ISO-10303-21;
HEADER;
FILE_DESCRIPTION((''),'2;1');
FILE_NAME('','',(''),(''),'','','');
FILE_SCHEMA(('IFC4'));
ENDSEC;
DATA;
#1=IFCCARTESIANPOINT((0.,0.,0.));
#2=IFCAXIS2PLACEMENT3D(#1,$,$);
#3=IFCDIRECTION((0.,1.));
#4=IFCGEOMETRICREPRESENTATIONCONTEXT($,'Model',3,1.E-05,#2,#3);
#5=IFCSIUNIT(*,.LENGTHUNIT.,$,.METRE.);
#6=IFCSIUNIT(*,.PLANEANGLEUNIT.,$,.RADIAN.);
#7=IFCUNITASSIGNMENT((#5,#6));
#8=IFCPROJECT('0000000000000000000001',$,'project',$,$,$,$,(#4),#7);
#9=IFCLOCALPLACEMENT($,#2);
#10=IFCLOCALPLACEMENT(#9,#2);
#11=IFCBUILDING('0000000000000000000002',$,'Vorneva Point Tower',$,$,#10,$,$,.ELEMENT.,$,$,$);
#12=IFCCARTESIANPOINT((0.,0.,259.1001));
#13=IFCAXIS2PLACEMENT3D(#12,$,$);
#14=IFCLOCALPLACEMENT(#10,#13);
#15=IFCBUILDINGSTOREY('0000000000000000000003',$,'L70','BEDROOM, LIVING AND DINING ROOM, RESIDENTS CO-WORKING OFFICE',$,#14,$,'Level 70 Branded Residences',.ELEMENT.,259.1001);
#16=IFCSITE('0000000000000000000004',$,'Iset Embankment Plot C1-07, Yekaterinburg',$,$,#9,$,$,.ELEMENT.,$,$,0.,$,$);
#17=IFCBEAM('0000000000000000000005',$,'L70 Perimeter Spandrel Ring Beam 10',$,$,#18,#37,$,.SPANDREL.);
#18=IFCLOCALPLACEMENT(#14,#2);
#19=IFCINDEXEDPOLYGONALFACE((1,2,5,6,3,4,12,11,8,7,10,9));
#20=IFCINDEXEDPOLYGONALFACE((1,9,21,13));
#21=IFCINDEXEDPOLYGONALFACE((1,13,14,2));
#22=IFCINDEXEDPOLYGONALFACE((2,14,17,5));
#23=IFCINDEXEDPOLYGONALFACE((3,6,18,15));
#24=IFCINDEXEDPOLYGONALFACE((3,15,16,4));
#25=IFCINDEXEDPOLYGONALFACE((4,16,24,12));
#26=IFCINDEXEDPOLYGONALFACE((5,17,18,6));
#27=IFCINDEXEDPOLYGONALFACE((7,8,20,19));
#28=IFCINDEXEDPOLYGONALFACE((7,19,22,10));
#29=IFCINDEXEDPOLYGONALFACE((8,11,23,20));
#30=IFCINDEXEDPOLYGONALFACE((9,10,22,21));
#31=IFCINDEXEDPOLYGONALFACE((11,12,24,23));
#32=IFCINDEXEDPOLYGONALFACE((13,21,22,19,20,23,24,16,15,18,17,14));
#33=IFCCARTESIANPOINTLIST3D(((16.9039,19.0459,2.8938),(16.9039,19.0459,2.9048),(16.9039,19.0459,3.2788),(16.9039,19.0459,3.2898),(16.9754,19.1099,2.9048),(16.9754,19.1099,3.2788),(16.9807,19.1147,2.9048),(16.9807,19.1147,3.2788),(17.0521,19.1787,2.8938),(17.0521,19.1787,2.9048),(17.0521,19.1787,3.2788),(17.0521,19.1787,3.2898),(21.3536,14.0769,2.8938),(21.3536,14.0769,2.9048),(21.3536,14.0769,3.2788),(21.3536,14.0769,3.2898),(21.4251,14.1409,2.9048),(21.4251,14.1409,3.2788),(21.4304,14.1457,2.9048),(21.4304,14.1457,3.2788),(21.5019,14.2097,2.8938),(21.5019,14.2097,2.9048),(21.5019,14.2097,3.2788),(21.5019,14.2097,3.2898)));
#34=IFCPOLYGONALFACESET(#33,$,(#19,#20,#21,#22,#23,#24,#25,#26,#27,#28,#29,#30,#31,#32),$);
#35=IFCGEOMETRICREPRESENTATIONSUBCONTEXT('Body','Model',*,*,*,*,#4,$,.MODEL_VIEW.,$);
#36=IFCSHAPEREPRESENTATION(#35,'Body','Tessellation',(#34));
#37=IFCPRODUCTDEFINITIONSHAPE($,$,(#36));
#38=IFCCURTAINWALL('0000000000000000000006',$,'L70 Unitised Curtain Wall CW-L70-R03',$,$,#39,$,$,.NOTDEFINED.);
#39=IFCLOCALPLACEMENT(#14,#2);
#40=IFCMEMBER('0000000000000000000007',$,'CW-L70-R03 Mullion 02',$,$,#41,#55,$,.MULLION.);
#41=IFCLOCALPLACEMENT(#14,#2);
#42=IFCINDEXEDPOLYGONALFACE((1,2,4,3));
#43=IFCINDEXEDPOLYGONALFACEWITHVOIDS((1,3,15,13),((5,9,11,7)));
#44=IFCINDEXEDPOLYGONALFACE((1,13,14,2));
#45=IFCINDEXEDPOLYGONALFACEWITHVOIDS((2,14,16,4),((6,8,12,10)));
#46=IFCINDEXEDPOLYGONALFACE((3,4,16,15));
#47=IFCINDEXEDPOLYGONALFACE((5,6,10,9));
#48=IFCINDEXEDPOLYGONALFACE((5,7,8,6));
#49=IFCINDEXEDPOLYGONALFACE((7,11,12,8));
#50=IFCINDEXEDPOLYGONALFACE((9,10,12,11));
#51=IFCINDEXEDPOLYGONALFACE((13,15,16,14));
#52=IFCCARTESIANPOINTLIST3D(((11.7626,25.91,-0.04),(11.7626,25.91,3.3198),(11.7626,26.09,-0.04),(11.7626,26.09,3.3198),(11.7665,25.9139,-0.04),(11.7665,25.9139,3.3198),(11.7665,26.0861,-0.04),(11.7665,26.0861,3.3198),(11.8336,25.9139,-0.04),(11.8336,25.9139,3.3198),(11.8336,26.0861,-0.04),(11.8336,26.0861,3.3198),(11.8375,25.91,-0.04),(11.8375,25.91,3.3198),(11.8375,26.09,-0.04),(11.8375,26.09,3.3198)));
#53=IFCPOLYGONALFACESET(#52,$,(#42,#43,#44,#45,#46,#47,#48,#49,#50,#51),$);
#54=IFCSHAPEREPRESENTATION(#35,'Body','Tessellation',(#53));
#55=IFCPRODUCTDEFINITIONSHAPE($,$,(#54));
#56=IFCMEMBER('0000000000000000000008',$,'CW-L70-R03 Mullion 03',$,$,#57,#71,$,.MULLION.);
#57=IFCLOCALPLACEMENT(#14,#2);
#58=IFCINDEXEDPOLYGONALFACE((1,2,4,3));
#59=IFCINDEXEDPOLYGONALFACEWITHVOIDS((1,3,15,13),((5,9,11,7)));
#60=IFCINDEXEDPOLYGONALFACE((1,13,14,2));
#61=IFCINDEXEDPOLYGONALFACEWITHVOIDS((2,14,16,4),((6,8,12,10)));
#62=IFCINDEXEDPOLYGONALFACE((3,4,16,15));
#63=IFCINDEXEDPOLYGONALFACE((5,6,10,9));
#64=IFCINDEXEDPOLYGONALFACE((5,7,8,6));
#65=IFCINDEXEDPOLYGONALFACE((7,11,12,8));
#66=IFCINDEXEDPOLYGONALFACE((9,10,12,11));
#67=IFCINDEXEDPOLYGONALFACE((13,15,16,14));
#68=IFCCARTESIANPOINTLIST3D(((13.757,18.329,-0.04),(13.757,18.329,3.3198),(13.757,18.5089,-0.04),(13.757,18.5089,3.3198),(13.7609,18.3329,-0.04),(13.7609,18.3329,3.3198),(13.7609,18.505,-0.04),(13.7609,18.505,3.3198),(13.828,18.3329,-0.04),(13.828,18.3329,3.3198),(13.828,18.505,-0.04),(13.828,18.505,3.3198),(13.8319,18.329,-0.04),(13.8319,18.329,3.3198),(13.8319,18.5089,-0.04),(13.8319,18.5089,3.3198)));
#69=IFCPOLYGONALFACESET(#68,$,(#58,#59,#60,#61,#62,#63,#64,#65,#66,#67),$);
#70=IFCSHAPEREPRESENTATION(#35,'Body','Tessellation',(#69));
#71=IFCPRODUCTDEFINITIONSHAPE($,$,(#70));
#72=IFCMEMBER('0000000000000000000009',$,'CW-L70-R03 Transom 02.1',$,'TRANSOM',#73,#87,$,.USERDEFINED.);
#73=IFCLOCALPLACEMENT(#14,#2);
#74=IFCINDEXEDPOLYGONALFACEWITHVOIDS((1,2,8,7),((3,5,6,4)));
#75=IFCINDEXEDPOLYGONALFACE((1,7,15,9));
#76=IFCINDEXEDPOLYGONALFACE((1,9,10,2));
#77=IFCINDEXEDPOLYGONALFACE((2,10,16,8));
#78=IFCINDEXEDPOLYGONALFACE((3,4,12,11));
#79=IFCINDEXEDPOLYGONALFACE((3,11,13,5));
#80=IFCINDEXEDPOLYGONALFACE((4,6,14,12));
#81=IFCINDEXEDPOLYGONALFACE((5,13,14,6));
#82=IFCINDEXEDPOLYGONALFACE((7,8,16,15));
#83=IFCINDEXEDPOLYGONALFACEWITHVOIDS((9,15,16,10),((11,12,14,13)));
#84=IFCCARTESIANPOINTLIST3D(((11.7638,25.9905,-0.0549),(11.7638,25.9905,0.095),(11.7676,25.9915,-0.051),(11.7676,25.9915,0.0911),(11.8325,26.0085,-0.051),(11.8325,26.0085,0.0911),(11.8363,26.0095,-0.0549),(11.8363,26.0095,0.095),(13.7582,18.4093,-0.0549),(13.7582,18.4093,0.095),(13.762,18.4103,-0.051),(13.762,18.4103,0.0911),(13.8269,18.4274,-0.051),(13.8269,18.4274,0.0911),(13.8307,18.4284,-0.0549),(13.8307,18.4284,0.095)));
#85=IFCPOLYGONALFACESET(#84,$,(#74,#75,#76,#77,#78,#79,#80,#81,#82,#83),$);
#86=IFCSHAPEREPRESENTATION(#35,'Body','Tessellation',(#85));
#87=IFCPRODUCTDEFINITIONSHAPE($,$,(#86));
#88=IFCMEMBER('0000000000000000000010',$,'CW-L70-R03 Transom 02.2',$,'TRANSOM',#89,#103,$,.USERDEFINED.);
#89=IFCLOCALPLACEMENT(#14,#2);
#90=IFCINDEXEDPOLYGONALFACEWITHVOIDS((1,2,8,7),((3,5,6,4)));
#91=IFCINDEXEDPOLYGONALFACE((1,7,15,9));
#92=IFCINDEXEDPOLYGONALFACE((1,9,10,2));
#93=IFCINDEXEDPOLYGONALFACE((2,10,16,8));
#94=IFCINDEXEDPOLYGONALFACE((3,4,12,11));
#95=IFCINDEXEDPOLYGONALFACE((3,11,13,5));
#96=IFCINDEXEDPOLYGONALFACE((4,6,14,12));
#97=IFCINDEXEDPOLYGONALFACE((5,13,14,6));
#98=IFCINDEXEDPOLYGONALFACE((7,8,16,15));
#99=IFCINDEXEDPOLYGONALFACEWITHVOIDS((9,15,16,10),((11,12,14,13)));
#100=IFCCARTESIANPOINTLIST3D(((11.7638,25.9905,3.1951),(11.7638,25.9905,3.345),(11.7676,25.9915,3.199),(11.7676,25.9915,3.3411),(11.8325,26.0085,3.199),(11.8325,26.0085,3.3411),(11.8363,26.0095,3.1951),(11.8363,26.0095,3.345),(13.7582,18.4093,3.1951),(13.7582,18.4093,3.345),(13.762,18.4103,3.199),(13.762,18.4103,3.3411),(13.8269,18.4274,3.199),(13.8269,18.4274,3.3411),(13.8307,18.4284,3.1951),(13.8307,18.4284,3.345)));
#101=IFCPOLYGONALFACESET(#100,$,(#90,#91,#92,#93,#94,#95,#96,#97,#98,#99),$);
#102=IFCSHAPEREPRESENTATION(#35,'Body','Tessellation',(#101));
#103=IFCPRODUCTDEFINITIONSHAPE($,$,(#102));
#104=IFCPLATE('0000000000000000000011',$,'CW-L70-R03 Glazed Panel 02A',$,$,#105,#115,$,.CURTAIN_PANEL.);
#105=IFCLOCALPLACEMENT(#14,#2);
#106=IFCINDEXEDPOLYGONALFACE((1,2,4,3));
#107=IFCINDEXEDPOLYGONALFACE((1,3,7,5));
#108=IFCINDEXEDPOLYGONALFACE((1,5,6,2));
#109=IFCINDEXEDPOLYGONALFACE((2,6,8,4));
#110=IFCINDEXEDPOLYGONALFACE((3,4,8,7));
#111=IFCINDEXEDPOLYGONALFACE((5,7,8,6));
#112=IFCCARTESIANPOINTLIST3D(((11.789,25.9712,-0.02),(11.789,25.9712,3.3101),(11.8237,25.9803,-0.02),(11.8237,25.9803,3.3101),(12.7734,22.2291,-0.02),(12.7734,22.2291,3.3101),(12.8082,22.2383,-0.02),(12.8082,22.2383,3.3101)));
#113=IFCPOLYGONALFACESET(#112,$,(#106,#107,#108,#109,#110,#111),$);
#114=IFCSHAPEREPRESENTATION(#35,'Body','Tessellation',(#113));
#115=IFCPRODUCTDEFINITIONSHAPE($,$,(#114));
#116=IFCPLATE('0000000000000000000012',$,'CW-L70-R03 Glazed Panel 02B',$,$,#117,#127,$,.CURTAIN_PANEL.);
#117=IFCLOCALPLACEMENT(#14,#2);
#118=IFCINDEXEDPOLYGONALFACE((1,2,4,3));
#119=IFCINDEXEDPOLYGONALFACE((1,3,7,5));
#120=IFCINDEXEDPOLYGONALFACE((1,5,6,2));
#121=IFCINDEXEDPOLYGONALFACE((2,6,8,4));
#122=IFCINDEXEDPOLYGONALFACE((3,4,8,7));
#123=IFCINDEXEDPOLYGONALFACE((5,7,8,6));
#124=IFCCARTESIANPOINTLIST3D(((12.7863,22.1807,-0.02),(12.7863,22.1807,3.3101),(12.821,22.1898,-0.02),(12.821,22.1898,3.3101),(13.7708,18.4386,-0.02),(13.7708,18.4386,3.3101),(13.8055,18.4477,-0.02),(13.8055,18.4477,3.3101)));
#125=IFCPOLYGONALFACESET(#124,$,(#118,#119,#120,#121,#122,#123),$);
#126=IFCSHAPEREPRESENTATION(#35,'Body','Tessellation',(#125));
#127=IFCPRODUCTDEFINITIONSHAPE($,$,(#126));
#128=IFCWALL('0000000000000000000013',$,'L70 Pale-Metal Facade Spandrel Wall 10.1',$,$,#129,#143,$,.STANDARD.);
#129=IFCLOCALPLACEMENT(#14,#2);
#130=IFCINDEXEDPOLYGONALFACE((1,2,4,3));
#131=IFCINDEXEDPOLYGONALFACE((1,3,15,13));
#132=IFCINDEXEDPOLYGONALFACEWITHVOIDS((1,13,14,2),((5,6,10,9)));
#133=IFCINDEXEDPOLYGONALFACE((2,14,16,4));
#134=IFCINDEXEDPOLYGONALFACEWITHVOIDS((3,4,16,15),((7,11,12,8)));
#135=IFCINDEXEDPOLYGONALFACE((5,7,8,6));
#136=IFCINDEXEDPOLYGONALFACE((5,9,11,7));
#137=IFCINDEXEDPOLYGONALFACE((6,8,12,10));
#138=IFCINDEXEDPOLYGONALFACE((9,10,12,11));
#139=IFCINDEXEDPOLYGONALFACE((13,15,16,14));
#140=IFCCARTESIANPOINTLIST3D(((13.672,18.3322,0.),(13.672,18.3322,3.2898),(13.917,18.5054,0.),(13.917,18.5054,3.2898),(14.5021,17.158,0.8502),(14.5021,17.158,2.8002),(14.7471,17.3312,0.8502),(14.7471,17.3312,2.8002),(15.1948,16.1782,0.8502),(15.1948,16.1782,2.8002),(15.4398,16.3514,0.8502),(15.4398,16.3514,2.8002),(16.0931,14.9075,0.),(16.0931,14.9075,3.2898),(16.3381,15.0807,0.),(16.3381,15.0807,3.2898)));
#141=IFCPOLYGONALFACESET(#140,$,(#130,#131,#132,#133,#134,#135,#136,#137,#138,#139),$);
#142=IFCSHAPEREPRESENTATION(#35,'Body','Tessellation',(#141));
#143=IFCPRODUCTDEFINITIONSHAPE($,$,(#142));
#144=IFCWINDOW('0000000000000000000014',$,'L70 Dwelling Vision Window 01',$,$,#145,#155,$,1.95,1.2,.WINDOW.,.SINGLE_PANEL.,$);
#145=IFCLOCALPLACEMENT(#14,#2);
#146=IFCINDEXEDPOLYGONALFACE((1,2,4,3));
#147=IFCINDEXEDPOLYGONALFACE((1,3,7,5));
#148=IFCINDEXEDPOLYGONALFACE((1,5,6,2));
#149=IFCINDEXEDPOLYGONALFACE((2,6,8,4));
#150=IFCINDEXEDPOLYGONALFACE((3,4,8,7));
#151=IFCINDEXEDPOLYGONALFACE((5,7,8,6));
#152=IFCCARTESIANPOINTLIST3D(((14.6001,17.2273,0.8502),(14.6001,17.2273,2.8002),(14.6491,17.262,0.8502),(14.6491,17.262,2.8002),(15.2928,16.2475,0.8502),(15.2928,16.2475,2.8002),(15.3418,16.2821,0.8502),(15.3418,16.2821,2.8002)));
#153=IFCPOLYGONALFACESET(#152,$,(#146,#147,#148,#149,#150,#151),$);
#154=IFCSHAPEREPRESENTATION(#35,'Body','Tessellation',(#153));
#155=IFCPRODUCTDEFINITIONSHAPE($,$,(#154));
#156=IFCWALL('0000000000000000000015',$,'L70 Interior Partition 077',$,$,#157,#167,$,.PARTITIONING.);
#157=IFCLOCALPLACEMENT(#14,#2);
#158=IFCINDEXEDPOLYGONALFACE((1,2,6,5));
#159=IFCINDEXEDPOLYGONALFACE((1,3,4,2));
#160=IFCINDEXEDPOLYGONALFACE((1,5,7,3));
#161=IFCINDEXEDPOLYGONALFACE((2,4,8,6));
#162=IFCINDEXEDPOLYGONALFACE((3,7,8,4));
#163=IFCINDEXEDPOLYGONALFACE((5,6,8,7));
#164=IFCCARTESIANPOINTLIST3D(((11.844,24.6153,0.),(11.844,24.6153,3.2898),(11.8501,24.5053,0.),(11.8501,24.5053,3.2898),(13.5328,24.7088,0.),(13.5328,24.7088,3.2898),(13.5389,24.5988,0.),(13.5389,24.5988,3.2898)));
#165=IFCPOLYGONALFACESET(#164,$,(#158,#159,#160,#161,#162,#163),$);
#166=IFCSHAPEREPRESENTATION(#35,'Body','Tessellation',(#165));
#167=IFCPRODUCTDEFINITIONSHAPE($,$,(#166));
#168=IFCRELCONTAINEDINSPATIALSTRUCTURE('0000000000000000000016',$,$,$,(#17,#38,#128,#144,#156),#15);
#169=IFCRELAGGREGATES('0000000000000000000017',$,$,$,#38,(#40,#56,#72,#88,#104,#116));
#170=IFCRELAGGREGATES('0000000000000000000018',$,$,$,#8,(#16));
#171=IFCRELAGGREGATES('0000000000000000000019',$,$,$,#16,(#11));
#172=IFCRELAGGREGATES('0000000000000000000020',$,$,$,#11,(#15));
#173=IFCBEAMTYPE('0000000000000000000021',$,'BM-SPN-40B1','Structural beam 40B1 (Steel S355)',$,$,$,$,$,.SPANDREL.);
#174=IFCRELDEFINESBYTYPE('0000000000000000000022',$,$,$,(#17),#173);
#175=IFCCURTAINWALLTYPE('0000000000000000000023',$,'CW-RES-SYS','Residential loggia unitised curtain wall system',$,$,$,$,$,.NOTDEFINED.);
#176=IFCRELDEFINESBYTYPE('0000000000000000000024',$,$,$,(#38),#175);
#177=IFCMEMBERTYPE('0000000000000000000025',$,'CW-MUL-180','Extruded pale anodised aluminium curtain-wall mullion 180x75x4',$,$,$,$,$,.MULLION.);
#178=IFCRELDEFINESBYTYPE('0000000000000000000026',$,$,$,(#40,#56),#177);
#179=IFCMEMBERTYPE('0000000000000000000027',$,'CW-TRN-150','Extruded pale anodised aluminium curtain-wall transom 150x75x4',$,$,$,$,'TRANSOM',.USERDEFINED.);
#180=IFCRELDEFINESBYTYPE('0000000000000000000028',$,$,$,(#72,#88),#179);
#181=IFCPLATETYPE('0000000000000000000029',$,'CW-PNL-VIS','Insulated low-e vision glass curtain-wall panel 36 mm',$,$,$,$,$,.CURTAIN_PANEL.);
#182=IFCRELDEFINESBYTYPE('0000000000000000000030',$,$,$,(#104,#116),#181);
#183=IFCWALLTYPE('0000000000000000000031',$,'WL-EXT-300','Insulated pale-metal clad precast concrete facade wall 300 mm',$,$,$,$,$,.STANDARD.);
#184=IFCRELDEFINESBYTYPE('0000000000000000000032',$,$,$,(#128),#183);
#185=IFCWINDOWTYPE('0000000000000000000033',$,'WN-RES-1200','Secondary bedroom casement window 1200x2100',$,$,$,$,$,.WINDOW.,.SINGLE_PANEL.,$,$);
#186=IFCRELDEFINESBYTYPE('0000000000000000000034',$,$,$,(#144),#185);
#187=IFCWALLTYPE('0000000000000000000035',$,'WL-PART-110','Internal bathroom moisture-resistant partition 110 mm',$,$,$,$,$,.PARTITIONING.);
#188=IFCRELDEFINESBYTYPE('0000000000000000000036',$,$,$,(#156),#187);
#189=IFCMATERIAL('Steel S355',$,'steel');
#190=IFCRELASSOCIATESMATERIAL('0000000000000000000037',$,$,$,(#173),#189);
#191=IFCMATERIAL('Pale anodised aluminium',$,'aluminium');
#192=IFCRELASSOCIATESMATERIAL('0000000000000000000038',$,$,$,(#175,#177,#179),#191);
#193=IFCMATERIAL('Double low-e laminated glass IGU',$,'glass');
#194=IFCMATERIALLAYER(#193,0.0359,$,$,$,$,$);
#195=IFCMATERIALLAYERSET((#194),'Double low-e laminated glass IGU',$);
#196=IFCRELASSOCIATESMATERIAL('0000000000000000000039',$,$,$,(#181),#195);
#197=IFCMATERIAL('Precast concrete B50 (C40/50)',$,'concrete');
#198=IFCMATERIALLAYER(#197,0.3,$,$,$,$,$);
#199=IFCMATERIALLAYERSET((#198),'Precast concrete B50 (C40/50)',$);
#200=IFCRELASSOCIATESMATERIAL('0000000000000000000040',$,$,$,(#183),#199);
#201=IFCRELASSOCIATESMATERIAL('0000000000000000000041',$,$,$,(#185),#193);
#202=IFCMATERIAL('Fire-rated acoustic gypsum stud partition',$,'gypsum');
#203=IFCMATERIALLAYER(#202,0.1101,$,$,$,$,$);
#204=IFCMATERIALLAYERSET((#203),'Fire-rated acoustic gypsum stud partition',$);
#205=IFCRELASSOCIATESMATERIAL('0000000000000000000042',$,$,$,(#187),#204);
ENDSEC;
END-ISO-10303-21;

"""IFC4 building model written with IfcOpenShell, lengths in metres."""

from ifc_helpers import new_model, si_unit, direction, frame, frame_2d, origin, origin_2d, place, context, subcontext, project, spatial, rectangle, hollow_rectangle, i_section, extrude, material, layer, layer_set, material_profile, profile_set, type_object, element, fill, aggregate, save


model = new_model("IFC4")

# Units and contexts
model_context = context("Model", 3, precision=1e-05, world=origin(), true_north=direction((0.0, 1.0)))
body_context = subcontext(model_context, "Body", "Model", "MODEL_VIEW")
ifc_project = project(units=[si_unit("LENGTHUNIT", "METRE"), si_unit("PLANEANGLEUNIT", "RADIAN")], contexts=[model_context])

# Site, building, storey
site_placement = place(None, origin())
site = spatial("IfcSite", under=ifc_project, at=site_placement, Name="Iset Embankment Plot C1-07, Yekaterinburg", CompositionType="ELEMENT", RefElevation=0.0)
building_placement = place(site_placement, origin())
building = spatial("IfcBuilding", under=site, at=building_placement, Name="Vorneva Point Tower", CompositionType="ELEMENT")
storey_placement = place(building_placement, frame((0.0, 0.0, 259.1001)))
storey = spatial("IfcBuildingStorey", under=building, at=storey_placement, Name="L70", Description="BEDROOM, LIVING AND DINING ROOM, RESIDENTS CO-WORKING OFFICE", LongName="Level 70 Branded Residences", CompositionType="ELEMENT", Elevation=259.1001)

# Beam
ifc_material_1 = material(Name="Steel S355", Category="steel")
ifc_material_profile_1 = material_profile(ifc_material_1, i_section(OverallWidth=0.199, OverallDepth=0.396, WebThickness=0.0071, FlangeThickness=0.011, at=origin_2d()), Name="40B1")
ifc_profile_set_1 = profile_set([ifc_material_profile_1], Name="Steel S355")
beam_type_1 = type_object("IfcBeamType", Name="BM-SPN-40B1", Description="Structural beam 40B1 (Steel S355)", PredefinedType="SPANDREL", material=ifc_profile_set_1)
beam_1_placement = place(storey_placement, frame((16.978, 19.1123, 3.0918), z_axis=(0.667108, -0.744961, 0.0), x_axis=(0.744961, 0.667108, 0.0)))
element("IfcBeam", 1, at=beam_1_placement, inside=storey, type_object=beam_type_1, Name="L70 Perimeter Spandrel Ring Beam 10", PredefinedType="SPANDREL", context=body_context, shape_type="SweptSolid", body=[
    extrude(i_section(OverallWidth=0.199, OverallDepth=0.396, WebThickness=0.0071, FlangeThickness=0.011, at=origin_2d()), origin(), (0.0, 0.0, 1.0), 6.6702),
])

# Curtain wall, members, plates
ifc_material_2 = material(Name="Pale anodised aluminium", Category="aluminium")
curtain_wall_type = type_object("IfcCurtainWallType", Name="CW-RES-SYS", Description="Residential loggia unitised curtain wall system", PredefinedType="NOTDEFINED", material=ifc_material_2)
curtain_wall_placement = place(storey_placement, origin())
curtain_wall = element("IfcCurtainWall", 2, at=curtain_wall_placement, inside=storey, type_object=curtain_wall_type, Name="L70 Unitised Curtain Wall CW-L70-R03", PredefinedType="NOTDEFINED")
ifc_material_profile_2 = material_profile(ifc_material_2, hollow_rectangle(XDim=0.075, YDim=0.1799, WallThickness=0.0039, at=origin_2d()), Name="AL-MUL 180x75x4")
ifc_profile_set_2 = profile_set([ifc_material_profile_2], Name="Pale anodised aluminium")
member_type_1 = type_object("IfcMemberType", Name="CW-MUL-180", Description="Extruded pale anodised aluminium curtain-wall mullion 180x75x4", PredefinedType="MULLION", material=ifc_profile_set_2)
member_1_placement = place(storey_placement, frame((11.8, 26.0, -0.04), z_axis=(0.0, 0.0, 1.0), x_axis=(1.0, 0.0, 0.0)))
member_1 = element("IfcMember", 3, at=member_1_placement, type_object=member_type_1, Name="CW-L70-R03 Mullion 02", PredefinedType="MULLION", context=body_context, shape_type="SweptSolid", body=[
    extrude(hollow_rectangle(XDim=0.075, YDim=0.1799, WallThickness=0.0039, at=origin_2d()), origin(), (0.0, 0.0, 1.0), 3.3599),
])
member_2_placement = place(storey_placement, frame((13.7944, 18.4189, -0.04), z_axis=(0.0, 0.0, 1.0), x_axis=(1.0, 0.0, 0.0)))
member_2 = element("IfcMember", 4, at=member_2_placement, type_object=member_type_1, Name="CW-L70-R03 Mullion 03", PredefinedType="MULLION", context=body_context, shape_type="SweptSolid", body=[
    extrude(hollow_rectangle(XDim=0.075, YDim=0.1799, WallThickness=0.0039, at=origin_2d()), origin(), (0.0, 0.0, 1.0), 3.3599),
])
ifc_material_profile_3 = material_profile(ifc_material_2, hollow_rectangle(XDim=0.075, YDim=0.1499, WallThickness=0.0039, at=origin_2d()), Name="AL-TRN 150x75x4")
ifc_profile_set_3 = profile_set([ifc_material_profile_3], Name="Pale anodised aluminium")
member_type_2 = type_object("IfcMemberType", Name="CW-TRN-150", Description="Extruded pale anodised aluminium curtain-wall transom 150x75x4", ElementType="TRANSOM", PredefinedType="USERDEFINED", material=ifc_profile_set_3)
member_3_placement = place(storey_placement, frame((11.8, 26.0, 0.02), z_axis=(0.254418, -0.967094, 0.0), x_axis=(0.967094, 0.254418, 0.0)))
member_3 = element("IfcMember", 5, at=member_3_placement, type_object=member_type_2, Name="CW-L70-R03 Transom 02.1", ObjectType="TRANSOM", PredefinedType="USERDEFINED", context=body_context, shape_type="SweptSolid", body=[
    extrude(hollow_rectangle(XDim=0.075, YDim=0.1499, WallThickness=0.0039, at=origin_2d()), origin(), (0.0, 0.0, 1.0), 7.8391),
])
member_4_placement = place(storey_placement, frame((11.8, 26.0, 3.27), z_axis=(0.254418, -0.967094, 0.0), x_axis=(0.967094, 0.254418, 0.0)))
member_4 = element("IfcMember", 6, at=member_4_placement, type_object=member_type_2, Name="CW-L70-R03 Transom 02.2", ObjectType="TRANSOM", PredefinedType="USERDEFINED", context=body_context, shape_type="SweptSolid", body=[
    extrude(hollow_rectangle(XDim=0.075, YDim=0.1499, WallThickness=0.0039, at=origin_2d()), origin(), (0.0, 0.0, 1.0), 7.8391),
])
ifc_material_3 = material(Name="Double low-e laminated glass IGU", Category="glass")
ifc_layer_1 = layer(ifc_material_3, 0.0359)
ifc_layer_set_1 = layer_set([ifc_layer_1], Name="Double low-e laminated glass IGU")
plate_type = type_object("IfcPlateType", Name="CW-PNL-VIS", Description="Insulated low-e vision glass curtain-wall panel 36 mm", PredefinedType="CURTAIN_PANEL", material=ifc_layer_set_1)
plate_1_placement = place(storey_placement, frame((12.2986, 24.1047, -0.02), z_axis=(0.0, 0.0, 1.0), x_axis=(0.254416, -0.967095, 0.0)))
plate_1 = element("IfcPlate", 7, at=plate_1_placement, type_object=plate_type, Name="CW-L70-R03 Glazed Panel 02A", PredefinedType="CURTAIN_PANEL", context=body_context, shape_type="SweptSolid", body=[
    extrude(rectangle(XDim=3.8694, YDim=0.0359, at=origin_2d()), origin(), (0.0, 0.0, 1.0), 3.3301),
])
plate_2_placement = place(storey_placement, frame((13.2959, 20.3142, -0.02), z_axis=(0.0, 0.0, 1.0), x_axis=(0.254416, -0.967095, 0.0)))
plate_2 = element("IfcPlate", 8, at=plate_2_placement, type_object=plate_type, Name="CW-L70-R03 Glazed Panel 02B", PredefinedType="CURTAIN_PANEL", context=body_context, shape_type="SweptSolid", body=[
    extrude(rectangle(XDim=3.8694, YDim=0.0359, at=origin_2d()), origin(), (0.0, 0.0, 1.0), 3.3301),
])
aggregate(curtain_wall, [member_1, member_2, member_3, member_4, plate_1, plate_2])

# Wall, opening, window
ifc_material_4 = material(Name="Precast concrete B50 (C40/50)", Category="concrete")
ifc_layer_2 = layer(ifc_material_4, 0.3)
ifc_layer_set_2 = layer_set([ifc_layer_2], Name="Precast concrete B50 (C40/50)")
wall_type_1 = type_object("IfcWallType", Name="WL-EXT-300", Description="Insulated pale-metal clad precast concrete facade wall 300 mm", PredefinedType="STANDARD", material=ifc_layer_set_2)
wall_1_placement = place(storey_placement, frame((13.7944, 18.4189, 0.0), z_axis=(0.0, 0.0, 1.0), x_axis=(0.577261, -0.81656, 0.0)))
wall_1 = element("IfcWall", 9, at=wall_1_placement, inside=storey, type_object=wall_type_1, Name="L70 Pale-Metal Facade Spandrel Wall 10.1", PredefinedType="STANDARD", context=body_context, shape_type="SweptSolid", body=[
    extrude(rectangle(XDim=4.1941, YDim=0.3, at=frame_2d((2.0972, 0.0))), origin(), (0.0, 0.0, 1.0), 3.2898),
])
opening_1_placement = place(wall_1_placement, frame((1.438, 0.0, 0.8501)))
opening_1 = element("IfcOpeningElement", 10, at=opening_1_placement, cuts=wall_1, PredefinedType="OPENING", context=body_context, shape_type="SweptSolid", body=[
    extrude(rectangle(XDim=1.2, YDim=1.95, at=frame_2d((0.6001, 0.9751))), frame((0.0, 0.165, 0.0), z_axis=(0.0, -1.0, 0.0), x_axis=(1.0, 0.0, 0.0)), (0.0, 0.0, 1.0), 0.3298),
])
window_type = type_object("IfcWindowType", Name="WN-RES-1200", Description="Secondary bedroom casement window 1200x2100", PartitioningType="SINGLE_PANEL", PredefinedType="WINDOW", material=ifc_material_3)
window_placement = place(opening_1_placement, origin())
window = element("IfcWindow", 11, at=window_placement, inside=storey, type_object=window_type, Name="L70 Dwelling Vision Window 01", OverallHeight=1.95, OverallWidth=1.2, PartitioningType="SINGLE_PANEL", PredefinedType="WINDOW", context=body_context, shape_type="SweptSolid", body=[
    extrude(rectangle(XDim=1.2, YDim=1.95, at=frame_2d((0.6001, 0.9751))), frame((0.0, 0.03, 0.0), z_axis=(0.0, -1.0, 0.0), x_axis=(1.0, 0.0, 0.0)), (0.0, 0.0, 1.0), 0.0601),
])
fill(opening_1, window)

# Wall
ifc_material_5 = material(Name="Fire-rated acoustic gypsum stud partition", Category="gypsum")
ifc_layer_3 = layer(ifc_material_5, 0.1101)
ifc_layer_set_3 = layer_set([ifc_layer_3], Name="Fire-rated acoustic gypsum stud partition")
wall_type_2 = type_object("IfcWallType", Name="WL-PART-110", Description="Internal bathroom moisture-resistant partition 110 mm", PredefinedType="PARTITIONING", material=ifc_layer_set_3)
wall_2_placement = place(storey_placement, frame((13.5359, 24.6538, 0.0), z_axis=(0.0, 0.0, 1.0), x_axis=(-0.998471, -0.055286, 0.0)))
element("IfcWall", 12, at=wall_2_placement, inside=storey, type_object=wall_type_2, Name="L70 Interior Partition 077", PredefinedType="PARTITIONING", context=body_context, shape_type="SweptSolid", body=[
    extrude(rectangle(XDim=1.6914, YDim=0.1101, at=frame_2d((0.8457, 0.0))), origin(), (0.0, 0.0, 1.0), 3.2898),
])

save(model, "model.ifc")
